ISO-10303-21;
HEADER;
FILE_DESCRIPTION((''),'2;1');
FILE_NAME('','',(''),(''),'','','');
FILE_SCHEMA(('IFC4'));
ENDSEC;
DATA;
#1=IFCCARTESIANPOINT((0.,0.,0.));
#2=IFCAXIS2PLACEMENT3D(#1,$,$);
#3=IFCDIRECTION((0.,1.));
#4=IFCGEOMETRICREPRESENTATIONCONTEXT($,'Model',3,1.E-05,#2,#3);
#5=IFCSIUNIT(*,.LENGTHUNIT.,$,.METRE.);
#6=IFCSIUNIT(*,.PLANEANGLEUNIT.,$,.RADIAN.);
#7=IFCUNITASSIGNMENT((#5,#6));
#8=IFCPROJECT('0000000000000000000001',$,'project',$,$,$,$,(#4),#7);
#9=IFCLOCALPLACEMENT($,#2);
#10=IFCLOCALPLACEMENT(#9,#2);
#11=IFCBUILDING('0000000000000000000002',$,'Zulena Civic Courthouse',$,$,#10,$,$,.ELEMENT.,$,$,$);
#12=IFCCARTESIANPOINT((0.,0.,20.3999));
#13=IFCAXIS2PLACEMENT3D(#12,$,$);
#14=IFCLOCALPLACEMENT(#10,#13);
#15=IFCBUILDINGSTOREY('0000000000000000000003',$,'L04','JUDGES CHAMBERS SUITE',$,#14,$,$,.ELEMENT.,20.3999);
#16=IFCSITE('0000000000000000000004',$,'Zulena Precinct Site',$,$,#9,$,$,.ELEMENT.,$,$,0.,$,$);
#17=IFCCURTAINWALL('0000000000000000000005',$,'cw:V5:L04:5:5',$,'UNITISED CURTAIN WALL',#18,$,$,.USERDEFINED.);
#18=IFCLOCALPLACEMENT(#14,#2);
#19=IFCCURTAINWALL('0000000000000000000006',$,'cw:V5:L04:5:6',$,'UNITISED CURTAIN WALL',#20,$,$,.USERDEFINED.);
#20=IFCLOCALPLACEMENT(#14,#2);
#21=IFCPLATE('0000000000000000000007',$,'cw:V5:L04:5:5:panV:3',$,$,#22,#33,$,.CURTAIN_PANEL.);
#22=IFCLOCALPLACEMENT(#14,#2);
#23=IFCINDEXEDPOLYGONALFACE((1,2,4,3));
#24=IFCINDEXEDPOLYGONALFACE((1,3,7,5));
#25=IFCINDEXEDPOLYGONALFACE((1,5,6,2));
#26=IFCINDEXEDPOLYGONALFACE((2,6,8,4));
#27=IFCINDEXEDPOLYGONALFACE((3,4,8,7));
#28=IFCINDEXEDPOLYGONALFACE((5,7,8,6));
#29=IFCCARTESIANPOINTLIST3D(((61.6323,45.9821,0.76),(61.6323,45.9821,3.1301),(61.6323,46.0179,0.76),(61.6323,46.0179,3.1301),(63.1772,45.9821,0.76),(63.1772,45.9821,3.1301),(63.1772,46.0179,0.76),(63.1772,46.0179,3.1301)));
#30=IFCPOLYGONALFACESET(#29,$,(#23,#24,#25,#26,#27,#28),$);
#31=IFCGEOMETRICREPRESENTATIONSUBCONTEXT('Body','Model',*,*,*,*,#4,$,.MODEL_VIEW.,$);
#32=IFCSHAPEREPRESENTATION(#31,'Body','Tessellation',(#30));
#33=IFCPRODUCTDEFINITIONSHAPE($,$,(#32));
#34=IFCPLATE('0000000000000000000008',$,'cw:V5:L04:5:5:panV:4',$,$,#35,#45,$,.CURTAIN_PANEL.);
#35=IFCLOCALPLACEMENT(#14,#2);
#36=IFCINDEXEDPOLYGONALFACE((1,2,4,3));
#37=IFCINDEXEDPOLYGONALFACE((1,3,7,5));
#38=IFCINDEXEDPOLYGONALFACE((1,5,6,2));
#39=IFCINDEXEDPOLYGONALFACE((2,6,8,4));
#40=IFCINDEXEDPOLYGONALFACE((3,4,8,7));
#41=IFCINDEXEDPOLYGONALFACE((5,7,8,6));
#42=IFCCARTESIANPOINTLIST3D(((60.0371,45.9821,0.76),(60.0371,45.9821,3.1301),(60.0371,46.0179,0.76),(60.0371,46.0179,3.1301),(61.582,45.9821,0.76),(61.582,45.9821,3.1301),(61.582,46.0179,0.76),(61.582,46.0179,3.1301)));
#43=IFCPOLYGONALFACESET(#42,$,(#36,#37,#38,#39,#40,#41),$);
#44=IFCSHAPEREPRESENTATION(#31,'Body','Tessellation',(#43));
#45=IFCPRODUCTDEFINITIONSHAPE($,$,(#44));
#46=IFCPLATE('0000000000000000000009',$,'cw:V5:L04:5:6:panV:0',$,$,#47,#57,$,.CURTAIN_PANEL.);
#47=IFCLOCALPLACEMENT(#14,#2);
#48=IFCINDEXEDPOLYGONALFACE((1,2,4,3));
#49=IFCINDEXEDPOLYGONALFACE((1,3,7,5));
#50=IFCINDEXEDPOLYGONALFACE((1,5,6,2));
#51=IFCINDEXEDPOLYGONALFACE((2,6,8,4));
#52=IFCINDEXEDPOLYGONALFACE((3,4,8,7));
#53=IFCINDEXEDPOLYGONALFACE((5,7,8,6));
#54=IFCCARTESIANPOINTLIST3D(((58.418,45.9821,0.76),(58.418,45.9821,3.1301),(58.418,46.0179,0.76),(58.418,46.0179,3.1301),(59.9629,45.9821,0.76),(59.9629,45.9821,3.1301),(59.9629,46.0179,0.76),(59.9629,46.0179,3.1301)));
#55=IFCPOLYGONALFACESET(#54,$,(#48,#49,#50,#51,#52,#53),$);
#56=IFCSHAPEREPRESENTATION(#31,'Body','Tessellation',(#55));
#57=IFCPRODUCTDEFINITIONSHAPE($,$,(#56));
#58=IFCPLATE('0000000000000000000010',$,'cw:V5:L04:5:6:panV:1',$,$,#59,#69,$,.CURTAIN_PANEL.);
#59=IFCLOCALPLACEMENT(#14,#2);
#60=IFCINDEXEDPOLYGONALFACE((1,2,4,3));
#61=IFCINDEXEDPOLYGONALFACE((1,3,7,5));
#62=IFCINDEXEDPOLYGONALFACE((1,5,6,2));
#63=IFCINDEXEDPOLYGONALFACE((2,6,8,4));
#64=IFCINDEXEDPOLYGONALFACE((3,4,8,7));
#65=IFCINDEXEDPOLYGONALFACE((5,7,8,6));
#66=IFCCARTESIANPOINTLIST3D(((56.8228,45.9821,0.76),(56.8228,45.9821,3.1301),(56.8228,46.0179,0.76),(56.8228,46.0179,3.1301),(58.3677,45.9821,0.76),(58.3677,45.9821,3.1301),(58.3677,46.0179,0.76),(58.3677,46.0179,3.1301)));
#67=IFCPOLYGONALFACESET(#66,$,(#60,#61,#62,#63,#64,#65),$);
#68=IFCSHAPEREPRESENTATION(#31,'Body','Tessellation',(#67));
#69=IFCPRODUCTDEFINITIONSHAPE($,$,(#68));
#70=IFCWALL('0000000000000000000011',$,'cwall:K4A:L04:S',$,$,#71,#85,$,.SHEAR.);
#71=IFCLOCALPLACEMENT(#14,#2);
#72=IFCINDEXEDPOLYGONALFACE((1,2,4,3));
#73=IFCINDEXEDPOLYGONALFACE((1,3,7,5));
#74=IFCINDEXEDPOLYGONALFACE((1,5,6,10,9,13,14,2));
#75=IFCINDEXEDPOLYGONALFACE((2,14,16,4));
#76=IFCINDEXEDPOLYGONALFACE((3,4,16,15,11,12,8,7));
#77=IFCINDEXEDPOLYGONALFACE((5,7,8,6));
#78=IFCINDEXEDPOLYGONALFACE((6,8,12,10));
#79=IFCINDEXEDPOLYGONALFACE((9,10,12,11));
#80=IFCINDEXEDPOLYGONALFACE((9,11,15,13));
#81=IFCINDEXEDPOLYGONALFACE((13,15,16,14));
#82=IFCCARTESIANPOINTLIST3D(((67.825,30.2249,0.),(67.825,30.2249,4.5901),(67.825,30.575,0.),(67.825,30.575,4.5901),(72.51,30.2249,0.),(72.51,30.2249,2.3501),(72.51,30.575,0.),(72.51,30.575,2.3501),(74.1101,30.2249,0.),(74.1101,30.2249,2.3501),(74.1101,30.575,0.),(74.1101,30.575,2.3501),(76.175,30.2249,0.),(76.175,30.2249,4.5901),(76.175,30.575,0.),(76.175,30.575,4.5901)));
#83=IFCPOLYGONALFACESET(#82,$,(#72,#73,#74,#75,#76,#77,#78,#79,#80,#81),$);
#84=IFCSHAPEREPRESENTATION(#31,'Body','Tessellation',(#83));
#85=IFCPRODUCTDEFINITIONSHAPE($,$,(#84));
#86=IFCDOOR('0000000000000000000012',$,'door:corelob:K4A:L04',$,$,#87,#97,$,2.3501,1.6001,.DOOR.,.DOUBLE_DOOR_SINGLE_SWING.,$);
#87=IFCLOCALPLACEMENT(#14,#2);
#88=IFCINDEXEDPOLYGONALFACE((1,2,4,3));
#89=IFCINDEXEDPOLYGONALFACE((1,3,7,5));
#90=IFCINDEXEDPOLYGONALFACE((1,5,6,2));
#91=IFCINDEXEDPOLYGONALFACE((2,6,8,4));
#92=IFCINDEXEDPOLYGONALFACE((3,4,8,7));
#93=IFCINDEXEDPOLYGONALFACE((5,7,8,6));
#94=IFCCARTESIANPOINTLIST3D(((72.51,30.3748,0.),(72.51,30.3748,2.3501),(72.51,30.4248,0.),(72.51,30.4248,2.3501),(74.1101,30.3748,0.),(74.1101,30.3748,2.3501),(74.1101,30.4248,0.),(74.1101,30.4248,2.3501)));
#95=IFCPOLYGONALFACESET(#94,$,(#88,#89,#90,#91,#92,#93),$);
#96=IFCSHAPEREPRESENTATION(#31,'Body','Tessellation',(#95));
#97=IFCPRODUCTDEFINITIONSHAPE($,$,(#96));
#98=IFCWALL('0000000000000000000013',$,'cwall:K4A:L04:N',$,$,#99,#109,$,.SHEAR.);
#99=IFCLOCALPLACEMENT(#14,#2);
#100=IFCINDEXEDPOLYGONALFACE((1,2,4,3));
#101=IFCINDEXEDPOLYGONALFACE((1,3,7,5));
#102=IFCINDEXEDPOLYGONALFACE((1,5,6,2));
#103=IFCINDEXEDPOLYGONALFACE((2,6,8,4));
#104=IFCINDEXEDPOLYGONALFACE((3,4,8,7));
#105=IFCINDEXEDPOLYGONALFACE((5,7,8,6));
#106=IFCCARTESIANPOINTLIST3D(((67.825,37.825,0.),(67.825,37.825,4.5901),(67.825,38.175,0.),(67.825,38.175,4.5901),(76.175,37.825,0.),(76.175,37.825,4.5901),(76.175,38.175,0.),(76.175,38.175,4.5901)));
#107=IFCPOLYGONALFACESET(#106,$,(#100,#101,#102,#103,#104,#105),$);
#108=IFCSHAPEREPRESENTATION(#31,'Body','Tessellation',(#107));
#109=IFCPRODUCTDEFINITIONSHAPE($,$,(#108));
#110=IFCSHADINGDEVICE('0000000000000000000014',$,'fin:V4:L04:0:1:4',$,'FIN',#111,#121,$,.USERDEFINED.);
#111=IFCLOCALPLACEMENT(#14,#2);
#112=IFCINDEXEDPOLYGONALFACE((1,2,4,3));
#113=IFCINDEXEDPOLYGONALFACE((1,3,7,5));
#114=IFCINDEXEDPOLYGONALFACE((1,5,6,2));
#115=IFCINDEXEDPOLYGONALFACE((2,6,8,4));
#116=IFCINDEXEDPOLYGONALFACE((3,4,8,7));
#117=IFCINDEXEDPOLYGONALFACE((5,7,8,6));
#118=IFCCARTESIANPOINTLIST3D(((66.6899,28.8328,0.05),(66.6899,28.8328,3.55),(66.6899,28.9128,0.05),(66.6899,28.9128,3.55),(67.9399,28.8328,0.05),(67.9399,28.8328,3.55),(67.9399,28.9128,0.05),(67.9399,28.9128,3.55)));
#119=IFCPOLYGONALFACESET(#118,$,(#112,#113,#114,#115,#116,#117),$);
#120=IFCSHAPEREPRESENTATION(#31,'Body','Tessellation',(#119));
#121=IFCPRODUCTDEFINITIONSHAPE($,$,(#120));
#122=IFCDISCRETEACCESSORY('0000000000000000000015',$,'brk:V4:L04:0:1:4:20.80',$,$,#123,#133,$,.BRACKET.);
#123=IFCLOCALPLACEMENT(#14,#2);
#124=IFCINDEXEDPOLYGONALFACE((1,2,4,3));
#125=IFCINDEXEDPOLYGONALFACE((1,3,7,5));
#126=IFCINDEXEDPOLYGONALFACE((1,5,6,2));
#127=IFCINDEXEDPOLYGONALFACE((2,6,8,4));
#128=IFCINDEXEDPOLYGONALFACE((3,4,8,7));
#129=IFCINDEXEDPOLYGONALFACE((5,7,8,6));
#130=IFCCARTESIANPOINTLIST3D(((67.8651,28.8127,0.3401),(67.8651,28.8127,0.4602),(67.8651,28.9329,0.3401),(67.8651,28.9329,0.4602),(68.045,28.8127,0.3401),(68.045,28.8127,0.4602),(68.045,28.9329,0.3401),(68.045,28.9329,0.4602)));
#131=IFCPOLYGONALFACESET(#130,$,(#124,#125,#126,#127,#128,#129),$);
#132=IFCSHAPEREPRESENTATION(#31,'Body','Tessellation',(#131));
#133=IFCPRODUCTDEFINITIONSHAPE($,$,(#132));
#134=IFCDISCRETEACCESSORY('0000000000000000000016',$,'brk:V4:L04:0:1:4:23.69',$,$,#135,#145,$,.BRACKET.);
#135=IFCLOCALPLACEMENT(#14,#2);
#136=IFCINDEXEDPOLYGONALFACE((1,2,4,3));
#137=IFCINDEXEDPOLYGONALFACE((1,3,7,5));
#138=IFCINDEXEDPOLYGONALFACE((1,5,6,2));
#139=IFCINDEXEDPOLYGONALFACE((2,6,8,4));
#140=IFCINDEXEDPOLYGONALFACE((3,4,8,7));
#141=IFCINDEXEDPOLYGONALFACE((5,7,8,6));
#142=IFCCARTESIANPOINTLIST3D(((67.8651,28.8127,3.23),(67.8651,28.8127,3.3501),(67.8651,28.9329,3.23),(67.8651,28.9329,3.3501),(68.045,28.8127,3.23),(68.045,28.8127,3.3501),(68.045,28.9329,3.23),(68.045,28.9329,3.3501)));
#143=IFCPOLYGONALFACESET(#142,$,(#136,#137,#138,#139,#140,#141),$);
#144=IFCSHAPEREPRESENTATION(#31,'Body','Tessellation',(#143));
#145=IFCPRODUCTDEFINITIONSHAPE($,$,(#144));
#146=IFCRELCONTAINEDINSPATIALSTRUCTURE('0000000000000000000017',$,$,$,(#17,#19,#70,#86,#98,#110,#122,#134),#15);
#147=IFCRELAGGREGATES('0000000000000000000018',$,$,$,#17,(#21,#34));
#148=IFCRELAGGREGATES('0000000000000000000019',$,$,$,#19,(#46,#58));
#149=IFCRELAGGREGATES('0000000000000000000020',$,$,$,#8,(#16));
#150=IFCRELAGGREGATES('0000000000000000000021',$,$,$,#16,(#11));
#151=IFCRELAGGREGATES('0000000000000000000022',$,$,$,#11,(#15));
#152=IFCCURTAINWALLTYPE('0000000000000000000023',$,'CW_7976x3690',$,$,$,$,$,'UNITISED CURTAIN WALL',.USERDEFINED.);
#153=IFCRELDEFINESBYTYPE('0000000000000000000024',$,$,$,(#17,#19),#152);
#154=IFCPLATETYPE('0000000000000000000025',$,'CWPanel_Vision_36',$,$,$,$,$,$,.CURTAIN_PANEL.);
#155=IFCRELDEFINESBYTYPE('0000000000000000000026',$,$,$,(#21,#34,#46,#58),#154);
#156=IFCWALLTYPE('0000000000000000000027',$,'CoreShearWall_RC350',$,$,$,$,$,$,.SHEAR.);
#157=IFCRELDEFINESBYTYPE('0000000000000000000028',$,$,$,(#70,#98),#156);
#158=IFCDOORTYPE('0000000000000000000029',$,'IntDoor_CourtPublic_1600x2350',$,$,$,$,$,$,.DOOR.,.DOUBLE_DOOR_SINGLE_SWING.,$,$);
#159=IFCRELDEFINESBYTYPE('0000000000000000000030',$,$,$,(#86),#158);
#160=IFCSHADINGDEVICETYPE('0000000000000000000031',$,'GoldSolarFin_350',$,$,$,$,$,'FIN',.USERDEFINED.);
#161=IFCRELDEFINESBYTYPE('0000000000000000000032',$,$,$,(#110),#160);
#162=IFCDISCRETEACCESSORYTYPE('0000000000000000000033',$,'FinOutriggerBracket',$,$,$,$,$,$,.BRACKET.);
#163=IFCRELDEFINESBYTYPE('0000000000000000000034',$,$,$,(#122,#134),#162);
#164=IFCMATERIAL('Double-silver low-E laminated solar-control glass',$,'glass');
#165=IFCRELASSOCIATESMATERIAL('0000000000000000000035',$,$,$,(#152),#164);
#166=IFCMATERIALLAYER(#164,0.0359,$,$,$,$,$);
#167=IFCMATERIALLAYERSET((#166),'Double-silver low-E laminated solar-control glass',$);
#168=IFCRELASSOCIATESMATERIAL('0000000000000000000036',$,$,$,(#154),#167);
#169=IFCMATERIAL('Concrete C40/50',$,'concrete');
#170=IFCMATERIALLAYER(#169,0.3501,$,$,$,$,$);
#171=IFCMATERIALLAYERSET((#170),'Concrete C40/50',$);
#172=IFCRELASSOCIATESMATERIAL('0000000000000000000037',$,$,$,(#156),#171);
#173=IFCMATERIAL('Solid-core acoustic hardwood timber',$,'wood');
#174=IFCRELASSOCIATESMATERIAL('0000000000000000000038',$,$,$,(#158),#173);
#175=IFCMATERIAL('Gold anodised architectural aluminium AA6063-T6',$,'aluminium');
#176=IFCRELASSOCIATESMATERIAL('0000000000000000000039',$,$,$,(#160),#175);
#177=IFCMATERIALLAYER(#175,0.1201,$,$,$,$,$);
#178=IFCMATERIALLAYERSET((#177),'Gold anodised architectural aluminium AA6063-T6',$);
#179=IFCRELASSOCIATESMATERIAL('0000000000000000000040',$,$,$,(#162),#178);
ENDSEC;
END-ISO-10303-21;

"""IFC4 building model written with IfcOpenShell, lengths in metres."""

from ifc_helpers import new_model, si_unit, direction, frame, frame_2d, origin, origin_2d, place, context, subcontext, project, spatial, rectangle, extrude, material, layer, layer_set, type_object, element, fill, aggregate, save


model = new_model("IFC4")

# Units and contexts
model_context = context("Model", 3, precision=1e-05, world=origin(), true_north=direction((0.0, 1.0)))
body_context = subcontext(model_context, "Body", "Model", "MODEL_VIEW")
ifc_project = project(units=[si_unit("LENGTHUNIT", "METRE"), si_unit("PLANEANGLEUNIT", "RADIAN")], contexts=[model_context])

# Site, building, storey
site_placement = place(None, origin())
site = spatial("IfcSite", under=ifc_project, at=site_placement, Name="Zulena Precinct Site", CompositionType="ELEMENT", RefElevation=0.0)
building_placement = place(site_placement, origin())
building = spatial("IfcBuilding", under=site, at=building_placement, Name="Zulena Civic Courthouse", CompositionType="ELEMENT")
storey_placement = place(building_placement, frame((0.0, 0.0, 20.3999)))
storey = spatial("IfcBuildingStorey", under=building, at=storey_placement, Name="L04", Description="JUDGES CHAMBERS SUITE", CompositionType="ELEMENT", Elevation=20.3999)

# Curtain walls
ifc_material_1 = material(Name="Double-silver low-E laminated solar-control glass", Category="glass")
curtain_wall_type = type_object("IfcCurtainWallType", Name="CW_7976x3690", ElementType="UNITISED CURTAIN WALL", PredefinedType="USERDEFINED", material=ifc_material_1)
curtain_wall_1_placement = place(storey_placement, origin())
curtain_wall_1 = element("IfcCurtainWall", 1, at=curtain_wall_1_placement, inside=storey, type_object=curtain_wall_type, Name="cw:V5:L04:5:5", ObjectType="UNITISED CURTAIN WALL", PredefinedType="USERDEFINED")
curtain_wall_2_placement = place(storey_placement, origin())
curtain_wall_2 = element("IfcCurtainWall", 2, at=curtain_wall_2_placement, inside=storey, type_object=curtain_wall_type, Name="cw:V5:L04:5:6", ObjectType="UNITISED CURTAIN WALL", PredefinedType="USERDEFINED")

# Plates
ifc_layer_1 = layer(ifc_material_1, 0.0359)
ifc_layer_set_1 = layer_set([ifc_layer_1], Name="Double-silver low-E laminated solar-control glass")
plate_type_1 = type_object("IfcPlateType", Name="CWPanel_Vision_36", PredefinedType="CURTAIN_PANEL", material=ifc_layer_set_1)
plate_1_placement = place(storey_placement, frame((62.4048, 46.0, 0.76), z_axis=(0.0, 0.0, 1.0), x_axis=(-1.0, 0.0, 0.0)))
plate_1 = element("IfcPlate", 3, at=plate_1_placement, type_object=plate_type_1, Name="cw:V5:L04:5:5:panV:3", PredefinedType="CURTAIN_PANEL", context=body_context, shape_type="SweptSolid", body=[
    extrude(rectangle(XDim=1.5449, YDim=0.0359, at=origin_2d()), origin(), (0.0, 0.0, 1.0), 2.3701),
])
plate_2_placement = place(storey_placement, frame((60.8096, 46.0, 0.76), z_axis=(0.0, 0.0, 1.0), x_axis=(-1.0, 0.0, 0.0)))
plate_2 = element("IfcPlate", 4, at=plate_2_placement, type_object=plate_type_1, Name="cw:V5:L04:5:5:panV:4", PredefinedType="CURTAIN_PANEL", context=body_context, shape_type="SweptSolid", body=[
    extrude(rectangle(XDim=1.5449, YDim=0.0359, at=origin_2d()), origin(), (0.0, 0.0, 1.0), 2.3701),
])
aggregate(curtain_wall_1, [plate_1, plate_2])
plate_3_placement = place(storey_placement, frame((59.1904, 46.0, 0.76), z_axis=(0.0, 0.0, 1.0), x_axis=(-1.0, 0.0, 0.0)))
plate_3 = element("IfcPlate", 5, at=plate_3_placement, type_object=plate_type_1, Name="cw:V5:L04:5:6:panV:0", PredefinedType="CURTAIN_PANEL", context=body_context, shape_type="SweptSolid", body=[
    extrude(rectangle(XDim=1.5449, YDim=0.0359, at=origin_2d()), origin(), (0.0, 0.0, 1.0), 2.3701),
])
plate_4_placement = place(storey_placement, frame((57.5952, 46.0, 0.76), z_axis=(0.0, 0.0, 1.0), x_axis=(-1.0, 0.0, 0.0)))
plate_4 = element("IfcPlate", 6, at=plate_4_placement, type_object=plate_type_1, Name="cw:V5:L04:5:6:panV:1", PredefinedType="CURTAIN_PANEL", context=body_context, shape_type="SweptSolid", body=[
    extrude(rectangle(XDim=1.5449, YDim=0.0359, at=origin_2d()), origin(), (0.0, 0.0, 1.0), 2.3701),
])
aggregate(curtain_wall_2, [plate_3, plate_4])

# Wall, opening, door
ifc_material_2 = material(Name="Concrete C40/50", Category="concrete")
ifc_layer_2 = layer(ifc_material_2, 0.3501)
ifc_layer_set_2 = layer_set([ifc_layer_2], Name="Concrete C40/50")
wall_type = type_object("IfcWallType", Name="CoreShearWall_RC350", PredefinedType="SHEAR", material=ifc_layer_set_2)
wall_1_placement = place(storey_placement, frame((67.825, 30.3999, 0.0), z_axis=(0.0, 0.0, 1.0), x_axis=(1.0, 0.0, 0.0)))
wall_1 = element("IfcWall", 7, at=wall_1_placement, inside=storey, type_object=wall_type, Name="cwall:K4A:L04:S", PredefinedType="SHEAR", context=body_context, shape_type="SweptSolid", body=[
    extrude(rectangle(XDim=8.3501, YDim=0.3501, at=frame_2d((4.175, 0.0))), origin(), (0.0, 0.0, 1.0), 4.5901),
])
opening_placement = place(wall_1_placement, frame((4.6851, 0.0, 0.0)))
opening = element("IfcOpeningElement", 8, at=opening_placement, cuts=wall_1, PredefinedType="OPENING", context=body_context, shape_type="SweptSolid", body=[
    extrude(rectangle(XDim=1.6001, YDim=2.3501, at=frame_2d((0.8, 1.175))), frame((0.0, 0.1851, 0.0), z_axis=(0.0, -1.0, 0.0), x_axis=(1.0, 0.0, 0.0)), (0.0, 0.0, 1.0), 0.3701),
])
ifc_material_3 = material(Name="Solid-core acoustic hardwood timber", Category="wood")
door_type = type_object("IfcDoorType", Name="IntDoor_CourtPublic_1600x2350", OperationType="DOUBLE_DOOR_SINGLE_SWING", PredefinedType="DOOR", material=ifc_material_3)
door_placement = place(opening_placement, origin())
door = element("IfcDoor", 9, at=door_placement, inside=storey, type_object=door_type, Name="door:corelob:K4A:L04", OperationType="DOUBLE_DOOR_SINGLE_SWING", OverallHeight=2.3501, OverallWidth=1.6001, PredefinedType="DOOR", context=body_context, shape_type="SweptSolid", body=[
    extrude(rectangle(XDim=1.6001, YDim=2.3501, at=frame_2d((0.8, 1.175))), frame((0.0, 0.0249, 0.0), z_axis=(0.0, -1.0, 0.0), x_axis=(1.0, 0.0, 0.0)), (0.0, 0.0, 1.0), 0.05),
])
fill(opening, door)

# Wall
wall_2_placement = place(storey_placement, frame((67.825, 38.0, 0.0), z_axis=(0.0, 0.0, 1.0), x_axis=(1.0, 0.0, 0.0)))
element("IfcWall", 10, at=wall_2_placement, inside=storey, type_object=wall_type, Name="cwall:K4A:L04:N", PredefinedType="SHEAR", context=body_context, shape_type="SweptSolid", body=[
    extrude(rectangle(XDim=8.3501, YDim=0.3501, at=frame_2d((4.175, 0.0))), origin(), (0.0, 0.0, 1.0), 4.5901),
])

# Shading device
ifc_material_4 = material(Name="Gold anodised architectural aluminium AA6063-T6", Category="aluminium")
shading_device_type = type_object("IfcShadingDeviceType", Name="GoldSolarFin_350", ElementType="FIN", PredefinedType="USERDEFINED", material=ifc_material_4)
shading_device_placement = place(storey_placement, frame((67.3149, 28.8728, 0.05), z_axis=(0.0, 0.0, 1.0), x_axis=(-1.0, 0.0, 0.0)))
element("IfcShadingDevice", 11, at=shading_device_placement, inside=storey, type_object=shading_device_type, Name="fin:V4:L04:0:1:4", ObjectType="FIN", PredefinedType="USERDEFINED", context=body_context, shape_type="SweptSolid", body=[
    extrude(rectangle(XDim=1.25, YDim=0.0801, at=origin_2d()), origin(), (0.0, 0.0, 1.0), 3.5),
])

# Discrete accessories
ifc_layer_3 = layer(ifc_material_4, 0.1201)
ifc_layer_set_3 = layer_set([ifc_layer_3], Name="Gold anodised architectural aluminium AA6063-T6")
discrete_accessory_type = type_object("IfcDiscreteAccessoryType", Name="FinOutriggerBracket", PredefinedType="BRACKET", material=ifc_layer_set_3)
for number, where, z_axis, x_axis, name in (
    (12, (67.9551, 28.8728, 0.3401), (0.0, 0.0, 1.0), (-1.0, 0.0, 0.0), "brk:V4:L04:0:1:4:20.80"),
    (13, (67.9551, 28.8728, 3.23), (0.0, 0.0, 1.0), (-1.0, 0.0, 0.0), "brk:V4:L04:0:1:4:23.69"),
):
    element("IfcDiscreteAccessory", number, at=place(storey_placement, frame(where, z_axis=z_axis, x_axis=x_axis)), inside=storey, type_object=discrete_accessory_type, Name=name, PredefinedType="BRACKET", context=body_context, shape_type="SweptSolid", body=[
        extrude(rectangle(XDim=0.1799, YDim=0.1201, at=origin_2d()), origin(), (0.0, 0.0, 1.0), 0.1201),
    ])

save(model, "model.ifc")
